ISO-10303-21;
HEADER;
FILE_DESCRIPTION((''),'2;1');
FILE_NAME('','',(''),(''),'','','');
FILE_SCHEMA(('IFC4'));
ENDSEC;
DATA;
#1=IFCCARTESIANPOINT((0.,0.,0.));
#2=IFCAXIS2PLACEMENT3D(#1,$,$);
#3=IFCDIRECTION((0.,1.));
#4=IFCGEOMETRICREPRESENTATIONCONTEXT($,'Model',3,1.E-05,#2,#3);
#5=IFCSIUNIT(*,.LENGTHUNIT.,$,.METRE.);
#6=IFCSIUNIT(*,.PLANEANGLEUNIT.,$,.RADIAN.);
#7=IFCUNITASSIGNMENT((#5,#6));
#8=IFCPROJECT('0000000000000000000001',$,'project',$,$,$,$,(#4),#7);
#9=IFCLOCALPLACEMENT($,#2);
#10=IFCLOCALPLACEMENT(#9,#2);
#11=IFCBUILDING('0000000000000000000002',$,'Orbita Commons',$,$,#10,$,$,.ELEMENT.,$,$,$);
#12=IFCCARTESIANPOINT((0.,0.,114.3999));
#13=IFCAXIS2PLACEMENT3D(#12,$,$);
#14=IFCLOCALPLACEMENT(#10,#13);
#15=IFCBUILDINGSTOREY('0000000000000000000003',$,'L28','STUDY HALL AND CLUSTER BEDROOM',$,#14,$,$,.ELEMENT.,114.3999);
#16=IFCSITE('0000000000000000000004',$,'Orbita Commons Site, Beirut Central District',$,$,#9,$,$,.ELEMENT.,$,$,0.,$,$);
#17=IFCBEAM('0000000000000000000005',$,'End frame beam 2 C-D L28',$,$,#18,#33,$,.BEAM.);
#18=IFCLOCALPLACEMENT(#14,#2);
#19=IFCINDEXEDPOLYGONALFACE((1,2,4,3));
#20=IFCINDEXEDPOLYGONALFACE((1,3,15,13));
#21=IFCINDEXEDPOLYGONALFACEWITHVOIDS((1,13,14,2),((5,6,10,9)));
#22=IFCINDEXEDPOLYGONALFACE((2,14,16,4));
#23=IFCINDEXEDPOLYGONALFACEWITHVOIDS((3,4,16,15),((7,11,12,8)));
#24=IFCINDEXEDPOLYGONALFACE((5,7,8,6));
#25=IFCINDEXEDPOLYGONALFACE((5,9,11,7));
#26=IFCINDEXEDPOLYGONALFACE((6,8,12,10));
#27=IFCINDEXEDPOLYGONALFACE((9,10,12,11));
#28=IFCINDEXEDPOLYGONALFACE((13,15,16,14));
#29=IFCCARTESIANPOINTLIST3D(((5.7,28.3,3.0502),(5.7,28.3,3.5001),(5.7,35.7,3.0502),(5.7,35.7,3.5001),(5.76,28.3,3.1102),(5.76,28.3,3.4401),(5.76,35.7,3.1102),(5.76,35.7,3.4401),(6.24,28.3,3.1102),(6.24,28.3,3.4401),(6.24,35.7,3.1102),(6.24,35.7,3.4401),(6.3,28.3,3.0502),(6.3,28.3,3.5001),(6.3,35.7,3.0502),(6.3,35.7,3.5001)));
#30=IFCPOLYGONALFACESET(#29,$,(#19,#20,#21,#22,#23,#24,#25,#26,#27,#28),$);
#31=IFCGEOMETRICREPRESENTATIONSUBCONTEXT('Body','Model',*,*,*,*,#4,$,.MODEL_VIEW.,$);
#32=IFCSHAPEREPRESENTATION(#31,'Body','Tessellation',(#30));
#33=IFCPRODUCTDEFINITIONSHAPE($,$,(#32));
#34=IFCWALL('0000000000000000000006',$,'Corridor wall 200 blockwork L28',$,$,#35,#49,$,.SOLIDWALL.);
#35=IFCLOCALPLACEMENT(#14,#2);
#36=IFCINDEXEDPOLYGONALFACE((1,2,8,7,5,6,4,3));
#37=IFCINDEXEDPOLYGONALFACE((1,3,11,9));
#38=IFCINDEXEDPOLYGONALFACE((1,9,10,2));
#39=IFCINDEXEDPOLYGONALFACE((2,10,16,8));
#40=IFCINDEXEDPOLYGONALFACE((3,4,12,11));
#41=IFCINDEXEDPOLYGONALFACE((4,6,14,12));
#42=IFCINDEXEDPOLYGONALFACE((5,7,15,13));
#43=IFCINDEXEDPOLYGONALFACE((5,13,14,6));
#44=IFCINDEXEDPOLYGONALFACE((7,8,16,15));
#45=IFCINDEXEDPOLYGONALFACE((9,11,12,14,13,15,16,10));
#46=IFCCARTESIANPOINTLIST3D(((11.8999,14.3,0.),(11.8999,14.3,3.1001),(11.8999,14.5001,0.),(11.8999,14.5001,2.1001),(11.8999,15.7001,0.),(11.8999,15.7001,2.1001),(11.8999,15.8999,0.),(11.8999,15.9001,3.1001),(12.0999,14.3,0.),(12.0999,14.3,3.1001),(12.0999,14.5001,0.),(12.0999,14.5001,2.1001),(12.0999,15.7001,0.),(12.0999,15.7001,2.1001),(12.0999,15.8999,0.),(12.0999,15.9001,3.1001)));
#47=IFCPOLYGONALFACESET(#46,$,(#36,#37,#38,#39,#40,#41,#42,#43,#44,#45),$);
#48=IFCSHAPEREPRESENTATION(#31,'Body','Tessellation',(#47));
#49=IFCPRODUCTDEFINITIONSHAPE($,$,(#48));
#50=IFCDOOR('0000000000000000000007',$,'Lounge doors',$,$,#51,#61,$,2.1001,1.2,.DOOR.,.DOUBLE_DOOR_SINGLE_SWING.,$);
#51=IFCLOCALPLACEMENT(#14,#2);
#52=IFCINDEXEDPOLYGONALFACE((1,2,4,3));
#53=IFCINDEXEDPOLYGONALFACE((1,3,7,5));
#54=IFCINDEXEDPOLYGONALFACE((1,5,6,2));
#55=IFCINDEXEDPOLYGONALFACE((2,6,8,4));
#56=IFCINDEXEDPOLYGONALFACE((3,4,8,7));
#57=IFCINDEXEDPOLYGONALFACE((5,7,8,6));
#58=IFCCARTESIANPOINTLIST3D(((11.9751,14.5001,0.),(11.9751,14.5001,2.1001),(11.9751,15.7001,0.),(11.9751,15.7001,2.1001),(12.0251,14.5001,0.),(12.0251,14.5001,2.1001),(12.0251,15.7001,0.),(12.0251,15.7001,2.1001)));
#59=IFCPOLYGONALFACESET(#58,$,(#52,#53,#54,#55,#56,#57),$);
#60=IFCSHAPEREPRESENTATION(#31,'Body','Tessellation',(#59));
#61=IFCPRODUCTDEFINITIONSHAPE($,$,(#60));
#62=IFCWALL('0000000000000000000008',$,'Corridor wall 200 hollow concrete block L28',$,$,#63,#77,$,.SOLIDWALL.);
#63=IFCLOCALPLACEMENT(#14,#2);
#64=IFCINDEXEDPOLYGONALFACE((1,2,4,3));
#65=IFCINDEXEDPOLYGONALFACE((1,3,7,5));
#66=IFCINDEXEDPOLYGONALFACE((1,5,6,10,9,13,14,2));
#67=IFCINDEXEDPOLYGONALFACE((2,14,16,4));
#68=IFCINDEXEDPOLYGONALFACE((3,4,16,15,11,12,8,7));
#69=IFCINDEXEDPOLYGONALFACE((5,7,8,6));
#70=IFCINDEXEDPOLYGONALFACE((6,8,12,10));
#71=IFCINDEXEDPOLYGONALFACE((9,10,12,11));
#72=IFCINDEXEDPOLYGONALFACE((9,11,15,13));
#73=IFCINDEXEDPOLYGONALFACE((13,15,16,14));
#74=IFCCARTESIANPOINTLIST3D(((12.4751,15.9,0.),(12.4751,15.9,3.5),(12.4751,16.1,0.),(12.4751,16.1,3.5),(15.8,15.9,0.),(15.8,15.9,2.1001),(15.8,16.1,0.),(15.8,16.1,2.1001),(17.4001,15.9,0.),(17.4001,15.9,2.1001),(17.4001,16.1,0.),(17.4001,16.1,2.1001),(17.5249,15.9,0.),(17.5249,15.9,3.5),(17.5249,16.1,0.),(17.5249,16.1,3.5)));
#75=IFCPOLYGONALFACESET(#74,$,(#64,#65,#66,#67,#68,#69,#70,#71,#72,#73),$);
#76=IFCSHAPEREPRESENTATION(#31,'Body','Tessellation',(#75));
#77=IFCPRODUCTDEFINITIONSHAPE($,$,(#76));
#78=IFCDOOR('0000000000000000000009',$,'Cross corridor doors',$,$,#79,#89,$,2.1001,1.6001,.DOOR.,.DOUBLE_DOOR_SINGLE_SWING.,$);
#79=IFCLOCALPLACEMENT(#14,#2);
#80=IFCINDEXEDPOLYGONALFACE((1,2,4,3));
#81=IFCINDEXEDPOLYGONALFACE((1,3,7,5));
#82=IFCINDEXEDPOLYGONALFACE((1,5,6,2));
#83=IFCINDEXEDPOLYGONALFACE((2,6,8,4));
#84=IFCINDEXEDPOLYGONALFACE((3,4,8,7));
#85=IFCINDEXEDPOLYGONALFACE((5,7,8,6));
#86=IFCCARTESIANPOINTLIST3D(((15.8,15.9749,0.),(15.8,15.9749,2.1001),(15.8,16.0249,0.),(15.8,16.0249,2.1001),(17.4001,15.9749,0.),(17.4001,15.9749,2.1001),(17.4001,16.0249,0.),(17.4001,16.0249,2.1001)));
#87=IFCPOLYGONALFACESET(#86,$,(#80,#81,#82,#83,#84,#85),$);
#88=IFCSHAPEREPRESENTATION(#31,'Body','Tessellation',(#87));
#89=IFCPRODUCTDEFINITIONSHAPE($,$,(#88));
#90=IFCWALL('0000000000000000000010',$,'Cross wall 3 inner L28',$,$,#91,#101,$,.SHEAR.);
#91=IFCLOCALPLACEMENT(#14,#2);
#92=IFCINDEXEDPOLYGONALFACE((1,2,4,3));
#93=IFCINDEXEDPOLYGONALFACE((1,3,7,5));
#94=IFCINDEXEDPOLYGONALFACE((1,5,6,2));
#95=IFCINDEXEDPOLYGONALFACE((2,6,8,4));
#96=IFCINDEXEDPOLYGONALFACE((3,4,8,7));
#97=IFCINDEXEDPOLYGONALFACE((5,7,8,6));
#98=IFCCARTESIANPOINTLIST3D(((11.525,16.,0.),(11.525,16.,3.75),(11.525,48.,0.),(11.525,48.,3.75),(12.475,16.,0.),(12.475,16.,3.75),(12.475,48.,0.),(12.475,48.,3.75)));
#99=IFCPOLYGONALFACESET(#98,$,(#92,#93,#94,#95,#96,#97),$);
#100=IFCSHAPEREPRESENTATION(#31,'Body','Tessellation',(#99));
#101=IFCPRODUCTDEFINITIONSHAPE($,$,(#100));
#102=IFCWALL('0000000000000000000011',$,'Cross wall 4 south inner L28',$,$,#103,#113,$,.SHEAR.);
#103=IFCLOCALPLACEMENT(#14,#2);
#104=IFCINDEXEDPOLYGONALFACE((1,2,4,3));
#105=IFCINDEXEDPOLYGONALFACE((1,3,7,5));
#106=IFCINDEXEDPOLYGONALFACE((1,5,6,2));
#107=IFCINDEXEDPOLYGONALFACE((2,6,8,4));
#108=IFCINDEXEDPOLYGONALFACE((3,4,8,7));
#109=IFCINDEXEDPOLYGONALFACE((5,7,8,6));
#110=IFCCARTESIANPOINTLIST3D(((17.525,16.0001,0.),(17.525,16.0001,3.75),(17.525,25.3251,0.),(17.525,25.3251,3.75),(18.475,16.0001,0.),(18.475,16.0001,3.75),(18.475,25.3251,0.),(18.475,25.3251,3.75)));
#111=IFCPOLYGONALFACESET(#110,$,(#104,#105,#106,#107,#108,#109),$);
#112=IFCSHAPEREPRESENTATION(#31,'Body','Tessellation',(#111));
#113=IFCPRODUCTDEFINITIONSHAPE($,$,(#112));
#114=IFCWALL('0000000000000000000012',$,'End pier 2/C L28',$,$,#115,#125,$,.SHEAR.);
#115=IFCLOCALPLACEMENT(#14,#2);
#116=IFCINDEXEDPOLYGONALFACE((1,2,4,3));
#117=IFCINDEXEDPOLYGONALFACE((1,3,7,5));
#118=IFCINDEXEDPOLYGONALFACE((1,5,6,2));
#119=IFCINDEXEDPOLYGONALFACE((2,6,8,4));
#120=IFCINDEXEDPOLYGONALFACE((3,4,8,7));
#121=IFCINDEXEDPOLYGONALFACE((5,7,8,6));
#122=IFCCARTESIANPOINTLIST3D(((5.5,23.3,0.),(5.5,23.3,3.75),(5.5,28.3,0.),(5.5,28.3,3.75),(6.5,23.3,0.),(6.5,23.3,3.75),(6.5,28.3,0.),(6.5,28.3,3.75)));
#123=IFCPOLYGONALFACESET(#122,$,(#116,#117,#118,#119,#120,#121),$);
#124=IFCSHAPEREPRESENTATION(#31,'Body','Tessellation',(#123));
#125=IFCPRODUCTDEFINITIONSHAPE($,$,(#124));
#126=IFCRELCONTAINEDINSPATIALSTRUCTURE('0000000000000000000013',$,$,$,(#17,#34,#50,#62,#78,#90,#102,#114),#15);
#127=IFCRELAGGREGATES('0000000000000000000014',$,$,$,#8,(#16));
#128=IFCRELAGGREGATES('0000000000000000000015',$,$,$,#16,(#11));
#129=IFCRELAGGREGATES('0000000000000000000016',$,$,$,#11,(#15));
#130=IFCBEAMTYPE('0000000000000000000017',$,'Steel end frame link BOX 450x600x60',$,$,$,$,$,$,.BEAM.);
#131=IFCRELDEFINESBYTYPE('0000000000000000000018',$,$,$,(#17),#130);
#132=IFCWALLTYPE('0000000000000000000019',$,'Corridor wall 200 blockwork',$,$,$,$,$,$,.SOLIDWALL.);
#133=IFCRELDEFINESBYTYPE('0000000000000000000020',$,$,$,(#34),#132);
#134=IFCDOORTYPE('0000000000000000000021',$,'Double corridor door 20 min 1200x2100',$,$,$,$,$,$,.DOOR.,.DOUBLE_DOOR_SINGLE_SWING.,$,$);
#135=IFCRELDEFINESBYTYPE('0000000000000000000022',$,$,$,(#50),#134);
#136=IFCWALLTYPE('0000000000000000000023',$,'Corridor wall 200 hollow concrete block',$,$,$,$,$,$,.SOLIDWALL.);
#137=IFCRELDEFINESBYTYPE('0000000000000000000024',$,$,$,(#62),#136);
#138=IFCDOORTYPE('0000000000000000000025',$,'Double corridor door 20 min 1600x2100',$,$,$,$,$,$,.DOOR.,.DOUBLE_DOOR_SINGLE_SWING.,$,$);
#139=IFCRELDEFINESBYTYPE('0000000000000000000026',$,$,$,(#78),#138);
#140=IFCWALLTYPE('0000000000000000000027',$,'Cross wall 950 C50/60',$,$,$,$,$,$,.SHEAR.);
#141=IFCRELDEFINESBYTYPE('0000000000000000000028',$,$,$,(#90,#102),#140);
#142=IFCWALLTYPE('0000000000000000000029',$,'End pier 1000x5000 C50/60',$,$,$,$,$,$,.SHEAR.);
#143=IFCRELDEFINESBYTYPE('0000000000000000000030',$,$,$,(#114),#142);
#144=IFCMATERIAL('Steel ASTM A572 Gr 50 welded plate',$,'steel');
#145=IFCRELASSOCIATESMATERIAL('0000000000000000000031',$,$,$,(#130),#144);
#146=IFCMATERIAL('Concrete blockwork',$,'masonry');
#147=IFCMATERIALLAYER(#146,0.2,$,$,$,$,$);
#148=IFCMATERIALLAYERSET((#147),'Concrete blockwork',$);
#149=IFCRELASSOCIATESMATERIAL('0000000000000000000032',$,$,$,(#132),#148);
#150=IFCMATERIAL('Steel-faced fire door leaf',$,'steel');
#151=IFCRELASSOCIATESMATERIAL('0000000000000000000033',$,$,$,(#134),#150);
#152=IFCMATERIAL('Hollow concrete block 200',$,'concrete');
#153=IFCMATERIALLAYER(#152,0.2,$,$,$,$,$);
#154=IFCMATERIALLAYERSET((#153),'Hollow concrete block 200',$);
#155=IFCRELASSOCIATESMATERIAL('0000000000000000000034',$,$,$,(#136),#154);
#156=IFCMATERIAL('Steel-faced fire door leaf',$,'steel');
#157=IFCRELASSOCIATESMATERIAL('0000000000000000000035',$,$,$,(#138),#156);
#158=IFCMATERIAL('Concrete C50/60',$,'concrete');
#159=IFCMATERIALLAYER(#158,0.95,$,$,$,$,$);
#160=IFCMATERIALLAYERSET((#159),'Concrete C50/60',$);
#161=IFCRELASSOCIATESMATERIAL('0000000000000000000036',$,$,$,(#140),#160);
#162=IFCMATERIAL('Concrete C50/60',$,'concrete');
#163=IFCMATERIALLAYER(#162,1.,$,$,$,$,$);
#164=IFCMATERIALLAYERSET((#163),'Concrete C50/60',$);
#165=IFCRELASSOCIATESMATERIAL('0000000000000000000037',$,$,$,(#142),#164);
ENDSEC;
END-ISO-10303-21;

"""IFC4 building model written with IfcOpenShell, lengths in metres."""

from ifc_helpers import new_model, si_unit, direction, frame, frame_2d, origin, origin_2d, place, context, subcontext, project, spatial, polyline, rectangle, hollow_rectangle, outline, extrude, material, layer, layer_set, material_profile, profile_set, type_object, element, fill, save


model = new_model("IFC4")

# Units and contexts
model_context = context("Model", 3, precision=1e-05, world=origin(), true_north=direction((0.0, 1.0)))
body_context = subcontext(model_context, "Body", "Model", "MODEL_VIEW")
ifc_project = project(units=[si_unit("LENGTHUNIT", "METRE"), si_unit("PLANEANGLEUNIT", "RADIAN")], contexts=[model_context])

# Site, building, storey
site_placement = place(None, origin())
site = spatial("IfcSite", under=ifc_project, at=site_placement, Name="Orbita Commons Site, Beirut Central District", CompositionType="ELEMENT", RefElevation=0.0)
building_placement = place(site_placement, origin())
building = spatial("IfcBuilding", under=site, at=building_placement, Name="Orbita Commons", CompositionType="ELEMENT")
storey_placement = place(building_placement, frame((0.0, 0.0, 114.3999)))
storey = spatial("IfcBuildingStorey", under=building, at=storey_placement, Name="L28", Description="STUDY HALL AND CLUSTER BEDROOM", CompositionType="ELEMENT", Elevation=114.3999)

# Beam
ifc_material_1 = material(Name="Steel ASTM A572 Gr 50 welded plate", Category="steel")
ifc_material_profile = material_profile(ifc_material_1, hollow_rectangle(XDim=0.6001, YDim=0.45, WallThickness=0.0601, at=origin_2d()), Name="BOX 450x600x60")
ifc_profile_set = profile_set([ifc_material_profile], Name="Steel ASTM A572 Gr 50 welded plate")
beam_type = type_object("IfcBeamType", Name="Steel end frame link BOX 450x600x60", PredefinedType="BEAM", material=ifc_profile_set)
beam_placement = place(storey_placement, frame((6.0, 28.3, 3.2751), z_axis=(0.0, 1.0, 0.0), x_axis=(-1.0, 0.0, 0.0)))
element("IfcBeam", 1, at=beam_placement, inside=storey, type_object=beam_type, Name="End frame beam 2 C-D L28", PredefinedType="BEAM", context=body_context, shape_type="SweptSolid", body=[
    extrude(hollow_rectangle(XDim=0.6001, YDim=0.45, WallThickness=0.0601, at=origin_2d()), origin(), (0.0, 0.0, 1.0), 7.3999),
])

# Walls, openings, doors
ifc_material_2 = material(Name="Concrete blockwork", Category="masonry")
ifc_layer_1 = layer(ifc_material_2, 0.2)
ifc_layer_set_1 = layer_set([ifc_layer_1], Name="Concrete blockwork")
wall_type_1 = type_object("IfcWallType", Name="Corridor wall 200 blockwork", PredefinedType="SOLIDWALL", material=ifc_layer_set_1)
wall_1_placement = place(storey_placement, frame((12.0, 14.3, 0.0), z_axis=(0.0, 0.0, 1.0), x_axis=(0.0, 1.0, 0.0)))
wall_1 = element("IfcWall", 2, at=wall_1_placement, inside=storey, type_object=wall_type_1, Name="Corridor wall 200 blockwork L28", PredefinedType="SOLIDWALL", context=body_context, shape_type="SweptSolid", body=[
    extrude(outline(polyline([(0.0, 0.0), (1.5999, 0.0), (1.6001, 3.1001), (0.0, 3.1001), (0.0, 0.0)])), frame((0.0, 0.1001, 0.0), z_axis=(0.0, -1.0, 0.0), x_axis=(1.0, 0.0, 0.0)), (0.0, 0.0, 1.0), 0.2),
])
opening_1_placement = place(wall_1_placement, frame((0.2, 0.0, 0.0)))
opening_1 = element("IfcOpeningElement", 3, at=opening_1_placement, cuts=wall_1, PredefinedType="OPENING", context=body_context, shape_type="SweptSolid", body=[
    extrude(rectangle(XDim=1.2, YDim=2.1001, at=frame_2d((0.6001, 1.05))), frame((0.0, 0.1099, 0.0), z_axis=(0.0, -1.0, 0.0), x_axis=(1.0, 0.0, 0.0)), (0.0, 0.0, 1.0), 0.22),
])
ifc_material_3 = material(Name="Steel-faced fire door leaf", Category="steel")
door_type_1 = type_object("IfcDoorType", Name="Double corridor door 20 min 1200x2100", OperationType="DOUBLE_DOOR_SINGLE_SWING", PredefinedType="DOOR", material=ifc_material_3)
door_1_placement = place(opening_1_placement, origin())
door_1 = element("IfcDoor", 4, at=door_1_placement, inside=storey, type_object=door_type_1, Name="Lounge doors", OperationType="DOUBLE_DOOR_SINGLE_SWING", OverallHeight=2.1001, OverallWidth=1.2, PredefinedType="DOOR", context=body_context, shape_type="SweptSolid", body=[
    extrude(rectangle(XDim=1.2, YDim=2.1001, at=frame_2d((0.6001, 1.05))), frame((0.0, 0.0249, 0.0), z_axis=(0.0, -1.0, 0.0), x_axis=(1.0, 0.0, 0.0)), (0.0, 0.0, 1.0), 0.05),
])
fill(opening_1, door_1)
ifc_material_4 = material(Name="Hollow concrete block 200", Category="concrete")
ifc_layer_2 = layer(ifc_material_4, 0.2)
ifc_layer_set_2 = layer_set([ifc_layer_2], Name="Hollow concrete block 200")
wall_type_2 = type_object("IfcWallType", Name="Corridor wall 200 hollow concrete block", PredefinedType="SOLIDWALL", material=ifc_layer_set_2)
wall_2_placement = place(storey_placement, frame((12.4751, 16.0, 0.0), z_axis=(0.0, 0.0, 1.0), x_axis=(1.0, 0.0, 0.0)))
wall_2 = element("IfcWall", 5, at=wall_2_placement, inside=storey, type_object=wall_type_2, Name="Corridor wall 200 hollow concrete block L28", PredefinedType="SOLIDWALL", context=body_context, shape_type="SweptSolid", body=[
    extrude(rectangle(XDim=5.0498, YDim=0.2, at=frame_2d((2.5249, 0.0))), origin(), (0.0, 0.0, 1.0), 3.5),
])
opening_2_placement = place(wall_2_placement, frame((3.325, 0.0, 0.0)))
opening_2 = element("IfcOpeningElement", 6, at=opening_2_placement, cuts=wall_2, PredefinedType="OPENING", context=body_context, shape_type="SweptSolid", body=[
    extrude(rectangle(XDim=1.6001, YDim=2.1001, at=frame_2d((0.8, 1.05))), frame((0.0, 0.1099, 0.0), z_axis=(0.0, -1.0, 0.0), x_axis=(1.0, 0.0, 0.0)), (0.0, 0.0, 1.0), 0.22),
])
ifc_material_5 = material(Name="Steel-faced fire door leaf", Category="steel")
door_type_2 = type_object("IfcDoorType", Name="Double corridor door 20 min 1600x2100", OperationType="DOUBLE_DOOR_SINGLE_SWING", PredefinedType="DOOR", material=ifc_material_5)
door_2_placement = place(opening_2_placement, origin())
door_2 = element("IfcDoor", 7, at=door_2_placement, inside=storey, type_object=door_type_2, Name="Cross corridor doors", OperationType="DOUBLE_DOOR_SINGLE_SWING", OverallHeight=2.1001, OverallWidth=1.6001, PredefinedType="DOOR", context=body_context, shape_type="SweptSolid", body=[
    extrude(rectangle(XDim=1.6001, YDim=2.1001, at=frame_2d((0.8, 1.05))), frame((0.0, 0.0249, 0.0), z_axis=(0.0, -1.0, 0.0), x_axis=(1.0, 0.0, 0.0)), (0.0, 0.0, 1.0), 0.05),
])
fill(opening_2, door_2)

# Walls
ifc_material_6 = material(Name="Concrete C50/60", Category="concrete")
ifc_layer_3 = layer(ifc_material_6, 0.95)
ifc_layer_set_3 = layer_set([ifc_layer_3], Name="Concrete C50/60")
wall_type_3 = type_object("IfcWallType", Name="Cross wall 950 C50/60", PredefinedType="SHEAR", material=ifc_layer_set_3)
wall_3_placement = place(storey_placement, frame((12.0, 16.0, 0.0), z_axis=(0.0, 0.0, 1.0), x_axis=(0.0, 1.0, 0.0)))
element("IfcWall", 8, at=wall_3_placement, inside=storey, type_object=wall_type_3, Name="Cross wall 3 inner L28", PredefinedType="SHEAR", context=body_context, shape_type="SweptSolid", body=[
    extrude(rectangle(XDim=32.0, YDim=0.95, at=frame_2d((16.0, 0.0))), origin(), (0.0, 0.0, 1.0), 3.75),
])
wall_4_placement = place(storey_placement, frame((18.0, 16.0, 0.0), z_axis=(0.0, 0.0, 1.0), x_axis=(0.0, 1.0, 0.0)))
element("IfcWall", 9, at=wall_4_placement, inside=storey, type_object=wall_type_3, Name="Cross wall 4 south inner L28", PredefinedType="SHEAR", context=body_context, shape_type="SweptSolid", body=[
    extrude(rectangle(XDim=9.325, YDim=0.95, at=frame_2d((4.6626, 0.0))), origin(), (0.0, 0.0, 1.0), 3.75),
])
ifc_material_7 = material(Name="Concrete C50/60", Category="concrete")
ifc_layer_4 = layer(ifc_material_7, 1.0)
ifc_layer_set_4 = layer_set([ifc_layer_4], Name="Concrete C50/60")
wall_type_4 = type_object("IfcWallType", Name="End pier 1000x5000 C50/60", PredefinedType="SHEAR", material=ifc_layer_set_4)
wall_5_placement = place(storey_placement, frame((6.0, 23.3, 0.0), z_axis=(0.0, 0.0, 1.0), x_axis=(0.0, 1.0, 0.0)))
element("IfcWall", 10, at=wall_5_placement, inside=storey, type_object=wall_type_4, Name="End pier 2/C L28", PredefinedType="SHEAR", context=body_context, shape_type="SweptSolid", body=[
    extrude(rectangle(XDim=5.0, YDim=1.0, at=frame_2d((2.5, 0.0))), origin(), (0.0, 0.0, 1.0), 3.75),
])

save(model, "model.ifc")
